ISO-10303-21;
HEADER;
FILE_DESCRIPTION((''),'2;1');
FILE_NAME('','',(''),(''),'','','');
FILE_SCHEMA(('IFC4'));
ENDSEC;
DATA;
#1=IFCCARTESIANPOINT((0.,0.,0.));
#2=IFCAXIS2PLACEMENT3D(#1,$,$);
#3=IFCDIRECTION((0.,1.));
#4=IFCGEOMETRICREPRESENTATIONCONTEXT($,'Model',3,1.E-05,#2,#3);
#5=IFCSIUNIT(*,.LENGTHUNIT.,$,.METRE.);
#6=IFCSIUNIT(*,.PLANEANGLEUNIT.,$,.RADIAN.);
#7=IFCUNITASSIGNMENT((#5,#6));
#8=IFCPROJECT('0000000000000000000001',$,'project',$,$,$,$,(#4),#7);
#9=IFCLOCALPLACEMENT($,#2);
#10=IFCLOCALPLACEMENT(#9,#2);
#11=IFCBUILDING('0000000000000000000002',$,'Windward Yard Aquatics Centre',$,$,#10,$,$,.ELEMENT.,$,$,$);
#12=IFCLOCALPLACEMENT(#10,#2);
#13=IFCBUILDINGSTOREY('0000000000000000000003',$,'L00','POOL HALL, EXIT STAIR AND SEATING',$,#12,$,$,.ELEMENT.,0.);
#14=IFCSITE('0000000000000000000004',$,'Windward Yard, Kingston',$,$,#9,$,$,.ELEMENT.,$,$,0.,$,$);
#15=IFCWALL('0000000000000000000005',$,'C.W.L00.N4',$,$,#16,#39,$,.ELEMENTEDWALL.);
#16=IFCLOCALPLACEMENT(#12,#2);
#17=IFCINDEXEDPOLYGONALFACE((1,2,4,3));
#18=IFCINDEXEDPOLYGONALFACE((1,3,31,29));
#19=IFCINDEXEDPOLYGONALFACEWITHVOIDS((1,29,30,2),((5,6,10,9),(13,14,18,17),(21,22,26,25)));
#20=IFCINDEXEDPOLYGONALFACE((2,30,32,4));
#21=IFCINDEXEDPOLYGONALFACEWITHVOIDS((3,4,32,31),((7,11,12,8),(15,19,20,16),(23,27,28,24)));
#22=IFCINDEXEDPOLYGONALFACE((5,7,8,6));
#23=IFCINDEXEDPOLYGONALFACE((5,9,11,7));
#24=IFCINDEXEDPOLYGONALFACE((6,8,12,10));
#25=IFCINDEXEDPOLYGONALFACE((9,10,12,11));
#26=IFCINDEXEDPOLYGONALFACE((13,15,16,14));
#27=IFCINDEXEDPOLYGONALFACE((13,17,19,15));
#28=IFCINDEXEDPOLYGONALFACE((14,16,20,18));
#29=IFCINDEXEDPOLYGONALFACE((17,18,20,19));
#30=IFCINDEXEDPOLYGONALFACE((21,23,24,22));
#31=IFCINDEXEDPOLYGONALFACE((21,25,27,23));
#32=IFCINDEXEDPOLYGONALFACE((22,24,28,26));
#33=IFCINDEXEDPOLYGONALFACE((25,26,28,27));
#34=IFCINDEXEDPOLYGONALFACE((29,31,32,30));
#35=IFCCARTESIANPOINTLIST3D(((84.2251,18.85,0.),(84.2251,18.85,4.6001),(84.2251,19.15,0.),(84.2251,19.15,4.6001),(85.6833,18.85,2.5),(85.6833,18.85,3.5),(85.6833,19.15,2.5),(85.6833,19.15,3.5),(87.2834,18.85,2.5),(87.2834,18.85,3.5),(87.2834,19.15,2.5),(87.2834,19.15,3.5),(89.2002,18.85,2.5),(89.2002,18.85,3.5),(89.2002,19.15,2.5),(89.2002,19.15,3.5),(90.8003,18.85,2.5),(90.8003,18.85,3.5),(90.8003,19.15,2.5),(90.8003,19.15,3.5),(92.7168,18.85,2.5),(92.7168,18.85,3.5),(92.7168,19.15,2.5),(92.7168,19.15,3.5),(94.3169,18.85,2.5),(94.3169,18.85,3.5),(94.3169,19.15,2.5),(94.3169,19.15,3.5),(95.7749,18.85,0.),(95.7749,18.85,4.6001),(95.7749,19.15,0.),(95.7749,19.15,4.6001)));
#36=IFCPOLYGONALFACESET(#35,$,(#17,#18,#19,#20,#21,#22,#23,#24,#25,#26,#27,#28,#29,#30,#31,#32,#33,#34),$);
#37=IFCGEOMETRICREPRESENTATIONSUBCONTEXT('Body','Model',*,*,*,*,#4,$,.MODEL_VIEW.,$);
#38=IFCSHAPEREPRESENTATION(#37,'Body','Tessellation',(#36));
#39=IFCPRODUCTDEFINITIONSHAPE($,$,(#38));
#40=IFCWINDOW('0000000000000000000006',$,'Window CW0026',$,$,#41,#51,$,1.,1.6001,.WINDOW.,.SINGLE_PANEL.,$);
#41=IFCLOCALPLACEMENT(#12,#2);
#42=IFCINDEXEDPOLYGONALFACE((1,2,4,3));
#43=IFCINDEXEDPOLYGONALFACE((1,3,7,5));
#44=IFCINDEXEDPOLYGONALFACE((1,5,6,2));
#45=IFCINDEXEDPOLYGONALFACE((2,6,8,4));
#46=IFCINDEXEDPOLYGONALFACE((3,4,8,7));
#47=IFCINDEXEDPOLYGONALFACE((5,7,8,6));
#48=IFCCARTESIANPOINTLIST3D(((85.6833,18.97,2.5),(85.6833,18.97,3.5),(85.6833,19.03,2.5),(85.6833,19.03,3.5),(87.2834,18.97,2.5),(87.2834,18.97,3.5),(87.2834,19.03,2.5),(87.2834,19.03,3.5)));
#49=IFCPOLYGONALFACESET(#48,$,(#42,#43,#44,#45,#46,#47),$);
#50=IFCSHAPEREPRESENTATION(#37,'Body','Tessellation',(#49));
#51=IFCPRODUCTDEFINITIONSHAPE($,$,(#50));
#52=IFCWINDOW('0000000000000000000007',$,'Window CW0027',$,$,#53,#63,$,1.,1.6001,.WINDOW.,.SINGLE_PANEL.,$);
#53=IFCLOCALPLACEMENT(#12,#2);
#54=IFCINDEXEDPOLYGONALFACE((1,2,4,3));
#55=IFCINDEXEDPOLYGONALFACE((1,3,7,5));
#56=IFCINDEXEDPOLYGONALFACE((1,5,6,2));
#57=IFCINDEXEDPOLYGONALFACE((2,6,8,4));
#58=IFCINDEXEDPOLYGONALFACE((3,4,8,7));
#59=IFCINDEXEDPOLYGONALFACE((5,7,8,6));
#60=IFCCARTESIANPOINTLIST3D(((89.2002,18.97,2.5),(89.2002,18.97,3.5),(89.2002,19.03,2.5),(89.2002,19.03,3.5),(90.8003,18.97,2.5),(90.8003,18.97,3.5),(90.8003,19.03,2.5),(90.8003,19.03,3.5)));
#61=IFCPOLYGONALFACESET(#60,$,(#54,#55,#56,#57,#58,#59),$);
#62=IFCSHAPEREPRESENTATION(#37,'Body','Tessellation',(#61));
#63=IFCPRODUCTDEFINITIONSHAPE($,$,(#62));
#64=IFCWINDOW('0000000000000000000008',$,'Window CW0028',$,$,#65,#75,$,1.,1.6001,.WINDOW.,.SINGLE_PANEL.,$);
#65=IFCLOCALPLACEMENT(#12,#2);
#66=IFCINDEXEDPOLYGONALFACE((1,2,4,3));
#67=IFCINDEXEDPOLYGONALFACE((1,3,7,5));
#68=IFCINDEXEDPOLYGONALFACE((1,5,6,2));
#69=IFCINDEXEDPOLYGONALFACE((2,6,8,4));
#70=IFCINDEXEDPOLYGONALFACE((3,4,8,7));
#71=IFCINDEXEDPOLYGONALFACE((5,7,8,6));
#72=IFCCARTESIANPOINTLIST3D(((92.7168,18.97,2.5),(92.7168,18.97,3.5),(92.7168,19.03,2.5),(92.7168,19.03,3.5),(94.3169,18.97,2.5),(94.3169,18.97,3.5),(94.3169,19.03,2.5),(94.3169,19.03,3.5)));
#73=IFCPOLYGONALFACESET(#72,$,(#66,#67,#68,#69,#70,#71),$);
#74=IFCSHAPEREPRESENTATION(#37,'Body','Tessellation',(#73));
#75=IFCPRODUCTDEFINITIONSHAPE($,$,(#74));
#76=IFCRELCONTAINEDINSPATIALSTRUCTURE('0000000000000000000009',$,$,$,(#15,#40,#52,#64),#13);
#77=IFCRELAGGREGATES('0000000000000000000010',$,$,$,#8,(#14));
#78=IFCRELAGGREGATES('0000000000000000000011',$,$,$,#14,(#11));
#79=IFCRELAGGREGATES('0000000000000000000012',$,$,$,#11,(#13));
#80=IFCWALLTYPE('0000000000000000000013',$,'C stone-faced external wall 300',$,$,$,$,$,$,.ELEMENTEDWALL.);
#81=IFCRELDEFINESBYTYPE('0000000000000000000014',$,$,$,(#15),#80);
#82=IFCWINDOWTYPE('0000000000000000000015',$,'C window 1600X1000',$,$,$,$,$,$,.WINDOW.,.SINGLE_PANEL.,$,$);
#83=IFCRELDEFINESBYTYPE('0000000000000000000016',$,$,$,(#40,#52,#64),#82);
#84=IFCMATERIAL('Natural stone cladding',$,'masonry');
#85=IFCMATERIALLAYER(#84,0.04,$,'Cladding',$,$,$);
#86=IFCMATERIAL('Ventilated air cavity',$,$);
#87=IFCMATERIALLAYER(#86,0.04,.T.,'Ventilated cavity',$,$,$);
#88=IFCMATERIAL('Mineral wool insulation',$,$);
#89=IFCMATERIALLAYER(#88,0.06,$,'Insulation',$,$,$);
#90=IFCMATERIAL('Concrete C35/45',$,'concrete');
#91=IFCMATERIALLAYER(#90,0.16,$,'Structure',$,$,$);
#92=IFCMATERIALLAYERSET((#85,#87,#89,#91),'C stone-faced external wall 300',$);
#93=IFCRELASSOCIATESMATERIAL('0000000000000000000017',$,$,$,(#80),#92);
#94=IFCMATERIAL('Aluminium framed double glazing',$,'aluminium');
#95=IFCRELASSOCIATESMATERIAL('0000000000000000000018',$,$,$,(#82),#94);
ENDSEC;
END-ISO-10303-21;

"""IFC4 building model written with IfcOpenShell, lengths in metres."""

from ifc_helpers import new_model, si_unit, direction, frame, frame_2d, origin, place, context, subcontext, project, spatial, rectangle, extrude, material, layer, layer_set, type_object, element, fill, save


model = new_model("IFC4")

# Units and contexts
model_context = context("Model", 3, precision=1e-05, world=origin(), true_north=direction((0.0, 1.0)))
body_context = subcontext(model_context, "Body", "Model", "MODEL_VIEW")
ifc_project = project(units=[si_unit("LENGTHUNIT", "METRE"), si_unit("PLANEANGLEUNIT", "RADIAN")], contexts=[model_context])

# Site, building, storey
site_placement = place(None, origin())
site = spatial("IfcSite", under=ifc_project, at=site_placement, Name="Windward Yard, Kingston", CompositionType="ELEMENT", RefElevation=0.0)
building_placement = place(site_placement, origin())
building = spatial("IfcBuilding", under=site, at=building_placement, Name="Windward Yard Aquatics Centre", CompositionType="ELEMENT")
storey_placement = place(building_placement, origin())
storey = spatial("IfcBuildingStorey", under=building, at=storey_placement, Name="L00", Description="POOL HALL, EXIT STAIR AND SEATING", CompositionType="ELEMENT", Elevation=0.0)

# Shared definitions
ifc_material_1 = material(Name="Concrete C35/45", Category="concrete")

# Wall, openings, windows
ifc_material_2 = material(Name="Natural stone cladding", Category="masonry")
ifc_layer_1 = layer(ifc_material_2, 0.04, Name="Cladding")
ifc_material_3 = material(Name="Ventilated air cavity")
ifc_layer_2 = layer(ifc_material_3, 0.04, ventilated=True, Name="Ventilated cavity")
ifc_material_4 = material(Name="Mineral wool insulation")
ifc_layer_3 = layer(ifc_material_4, 0.06, Name="Insulation")
ifc_layer_4 = layer(ifc_material_1, 0.16, Name="Structure")
ifc_layer_set_1 = layer_set([ifc_layer_1, ifc_layer_2, ifc_layer_3, ifc_layer_4], Name="C stone-faced external wall 300")
wall_type_1 = type_object("IfcWallType", Name="C stone-faced external wall 300", PredefinedType="ELEMENTEDWALL", material=ifc_layer_set_1)
wall_1_placement = place(storey_placement, frame((84.2251, 19.0, 0.0), z_axis=(0.0, 0.0, 1.0), x_axis=(1.0, 0.0, 0.0)))
wall_1 = element("IfcWall", 1, at=wall_1_placement, inside=storey, type_object=wall_type_1, Name="C.W.L00.N4", PredefinedType="ELEMENTEDWALL", context=body_context, shape_type="SweptSolid", body=[
    extrude(rectangle(XDim=11.5498, YDim=0.3, at=frame_2d((5.7749, 0.0))), origin(), (0.0, 0.0, 1.0), 4.6001),
])
opening_1_placement = place(wall_1_placement, frame((1.4583, 0.0, 2.5)))
opening_1 = element("IfcOpeningElement", 2, at=opening_1_placement, cuts=wall_1, PredefinedType="OPENING", context=body_context, shape_type="SweptSolid", body=[
    extrude(rectangle(XDim=1.6001, YDim=1.0, at=frame_2d((0.8, 0.5))), frame((0.0, 0.1602, 0.0), z_axis=(0.0, -1.0, 0.0), x_axis=(1.0, 0.0, 0.0)), (0.0, 0.0, 1.0), 0.3201),
])
opening_2_placement = place(wall_1_placement, frame((4.9751, 0.0, 2.5)))
opening_2 = element("IfcOpeningElement", 3, at=opening_2_placement, cuts=wall_1, PredefinedType="OPENING", context=body_context, shape_type="SweptSolid", body=[
    extrude(rectangle(XDim=1.6001, YDim=1.0, at=frame_2d((0.8, 0.5))), frame((0.0, 0.1602, 0.0), z_axis=(0.0, -1.0, 0.0), x_axis=(1.0, 0.0, 0.0)), (0.0, 0.0, 1.0), 0.3201),
])
opening_3_placement = place(wall_1_placement, frame((8.4917, 0.0, 2.5)))
opening_3 = element("IfcOpeningElement", 4, at=opening_3_placement, cuts=wall_1, PredefinedType="OPENING", context=body_context, shape_type="SweptSolid", body=[
    extrude(rectangle(XDim=1.6001, YDim=1.0, at=frame_2d((0.8, 0.5))), frame((0.0, 0.1602, 0.0), z_axis=(0.0, -1.0, 0.0), x_axis=(1.0, 0.0, 0.0)), (0.0, 0.0, 1.0), 0.3201),
])
ifc_material_5 = material(Name="Aluminium framed double glazing", Category="aluminium")
window_type = type_object("IfcWindowType", Name="C window 1600X1000", PartitioningType="SINGLE_PANEL", PredefinedType="WINDOW", material=ifc_material_5)
window_1_placement = place(opening_1_placement, origin())
window_1 = element("IfcWindow", 5, at=window_1_placement, inside=storey, type_object=window_type, Name="Window CW0026", OverallHeight=1.0, OverallWidth=1.6001, PartitioningType="SINGLE_PANEL", PredefinedType="WINDOW", context=body_context, shape_type="SweptSolid", body=[
    extrude(rectangle(XDim=1.6001, YDim=1.0, at=frame_2d((0.8, 0.5))), frame((0.0, 0.03, 0.0), z_axis=(0.0, -1.0, 0.0), x_axis=(1.0, 0.0, 0.0)), (0.0, 0.0, 1.0), 0.0601),
])
fill(opening_1, window_1)
window_2_placement = place(opening_2_placement, origin())
window_2 = element("IfcWindow", 6, at=window_2_placement, inside=storey, type_object=window_type, Name="Window CW0027", OverallHeight=1.0, OverallWidth=1.6001, PartitioningType="SINGLE_PANEL", PredefinedType="WINDOW", context=body_context, shape_type="SweptSolid", body=[
    extrude(rectangle(XDim=1.6001, YDim=1.0, at=frame_2d((0.8, 0.5))), frame((0.0, 0.03, 0.0), z_axis=(0.0, -1.0, 0.0), x_axis=(1.0, 0.0, 0.0)), (0.0, 0.0, 1.0), 0.0601),
])
fill(opening_2, window_2)
window_3_placement = place(opening_3_placement, origin())
window_3 = element("IfcWindow", 7, at=window_3_placement, inside=storey, type_object=window_type, Name="Window CW0028", OverallHeight=1.0, OverallWidth=1.6001, PartitioningType="SINGLE_PANEL", PredefinedType="WINDOW", context=body_context, shape_type="SweptSolid", body=[
    extrude(rectangle(XDim=1.6001, YDim=1.0, at=frame_2d((0.8, 0.5))), frame((0.0, 0.03, 0.0), z_axis=(0.0, -1.0, 0.0), x_axis=(1.0, 0.0, 0.0)), (0.0, 0.0, 1.0), 0.0601),
])
fill(opening_3, window_3)

save(model, "model.ifc")
